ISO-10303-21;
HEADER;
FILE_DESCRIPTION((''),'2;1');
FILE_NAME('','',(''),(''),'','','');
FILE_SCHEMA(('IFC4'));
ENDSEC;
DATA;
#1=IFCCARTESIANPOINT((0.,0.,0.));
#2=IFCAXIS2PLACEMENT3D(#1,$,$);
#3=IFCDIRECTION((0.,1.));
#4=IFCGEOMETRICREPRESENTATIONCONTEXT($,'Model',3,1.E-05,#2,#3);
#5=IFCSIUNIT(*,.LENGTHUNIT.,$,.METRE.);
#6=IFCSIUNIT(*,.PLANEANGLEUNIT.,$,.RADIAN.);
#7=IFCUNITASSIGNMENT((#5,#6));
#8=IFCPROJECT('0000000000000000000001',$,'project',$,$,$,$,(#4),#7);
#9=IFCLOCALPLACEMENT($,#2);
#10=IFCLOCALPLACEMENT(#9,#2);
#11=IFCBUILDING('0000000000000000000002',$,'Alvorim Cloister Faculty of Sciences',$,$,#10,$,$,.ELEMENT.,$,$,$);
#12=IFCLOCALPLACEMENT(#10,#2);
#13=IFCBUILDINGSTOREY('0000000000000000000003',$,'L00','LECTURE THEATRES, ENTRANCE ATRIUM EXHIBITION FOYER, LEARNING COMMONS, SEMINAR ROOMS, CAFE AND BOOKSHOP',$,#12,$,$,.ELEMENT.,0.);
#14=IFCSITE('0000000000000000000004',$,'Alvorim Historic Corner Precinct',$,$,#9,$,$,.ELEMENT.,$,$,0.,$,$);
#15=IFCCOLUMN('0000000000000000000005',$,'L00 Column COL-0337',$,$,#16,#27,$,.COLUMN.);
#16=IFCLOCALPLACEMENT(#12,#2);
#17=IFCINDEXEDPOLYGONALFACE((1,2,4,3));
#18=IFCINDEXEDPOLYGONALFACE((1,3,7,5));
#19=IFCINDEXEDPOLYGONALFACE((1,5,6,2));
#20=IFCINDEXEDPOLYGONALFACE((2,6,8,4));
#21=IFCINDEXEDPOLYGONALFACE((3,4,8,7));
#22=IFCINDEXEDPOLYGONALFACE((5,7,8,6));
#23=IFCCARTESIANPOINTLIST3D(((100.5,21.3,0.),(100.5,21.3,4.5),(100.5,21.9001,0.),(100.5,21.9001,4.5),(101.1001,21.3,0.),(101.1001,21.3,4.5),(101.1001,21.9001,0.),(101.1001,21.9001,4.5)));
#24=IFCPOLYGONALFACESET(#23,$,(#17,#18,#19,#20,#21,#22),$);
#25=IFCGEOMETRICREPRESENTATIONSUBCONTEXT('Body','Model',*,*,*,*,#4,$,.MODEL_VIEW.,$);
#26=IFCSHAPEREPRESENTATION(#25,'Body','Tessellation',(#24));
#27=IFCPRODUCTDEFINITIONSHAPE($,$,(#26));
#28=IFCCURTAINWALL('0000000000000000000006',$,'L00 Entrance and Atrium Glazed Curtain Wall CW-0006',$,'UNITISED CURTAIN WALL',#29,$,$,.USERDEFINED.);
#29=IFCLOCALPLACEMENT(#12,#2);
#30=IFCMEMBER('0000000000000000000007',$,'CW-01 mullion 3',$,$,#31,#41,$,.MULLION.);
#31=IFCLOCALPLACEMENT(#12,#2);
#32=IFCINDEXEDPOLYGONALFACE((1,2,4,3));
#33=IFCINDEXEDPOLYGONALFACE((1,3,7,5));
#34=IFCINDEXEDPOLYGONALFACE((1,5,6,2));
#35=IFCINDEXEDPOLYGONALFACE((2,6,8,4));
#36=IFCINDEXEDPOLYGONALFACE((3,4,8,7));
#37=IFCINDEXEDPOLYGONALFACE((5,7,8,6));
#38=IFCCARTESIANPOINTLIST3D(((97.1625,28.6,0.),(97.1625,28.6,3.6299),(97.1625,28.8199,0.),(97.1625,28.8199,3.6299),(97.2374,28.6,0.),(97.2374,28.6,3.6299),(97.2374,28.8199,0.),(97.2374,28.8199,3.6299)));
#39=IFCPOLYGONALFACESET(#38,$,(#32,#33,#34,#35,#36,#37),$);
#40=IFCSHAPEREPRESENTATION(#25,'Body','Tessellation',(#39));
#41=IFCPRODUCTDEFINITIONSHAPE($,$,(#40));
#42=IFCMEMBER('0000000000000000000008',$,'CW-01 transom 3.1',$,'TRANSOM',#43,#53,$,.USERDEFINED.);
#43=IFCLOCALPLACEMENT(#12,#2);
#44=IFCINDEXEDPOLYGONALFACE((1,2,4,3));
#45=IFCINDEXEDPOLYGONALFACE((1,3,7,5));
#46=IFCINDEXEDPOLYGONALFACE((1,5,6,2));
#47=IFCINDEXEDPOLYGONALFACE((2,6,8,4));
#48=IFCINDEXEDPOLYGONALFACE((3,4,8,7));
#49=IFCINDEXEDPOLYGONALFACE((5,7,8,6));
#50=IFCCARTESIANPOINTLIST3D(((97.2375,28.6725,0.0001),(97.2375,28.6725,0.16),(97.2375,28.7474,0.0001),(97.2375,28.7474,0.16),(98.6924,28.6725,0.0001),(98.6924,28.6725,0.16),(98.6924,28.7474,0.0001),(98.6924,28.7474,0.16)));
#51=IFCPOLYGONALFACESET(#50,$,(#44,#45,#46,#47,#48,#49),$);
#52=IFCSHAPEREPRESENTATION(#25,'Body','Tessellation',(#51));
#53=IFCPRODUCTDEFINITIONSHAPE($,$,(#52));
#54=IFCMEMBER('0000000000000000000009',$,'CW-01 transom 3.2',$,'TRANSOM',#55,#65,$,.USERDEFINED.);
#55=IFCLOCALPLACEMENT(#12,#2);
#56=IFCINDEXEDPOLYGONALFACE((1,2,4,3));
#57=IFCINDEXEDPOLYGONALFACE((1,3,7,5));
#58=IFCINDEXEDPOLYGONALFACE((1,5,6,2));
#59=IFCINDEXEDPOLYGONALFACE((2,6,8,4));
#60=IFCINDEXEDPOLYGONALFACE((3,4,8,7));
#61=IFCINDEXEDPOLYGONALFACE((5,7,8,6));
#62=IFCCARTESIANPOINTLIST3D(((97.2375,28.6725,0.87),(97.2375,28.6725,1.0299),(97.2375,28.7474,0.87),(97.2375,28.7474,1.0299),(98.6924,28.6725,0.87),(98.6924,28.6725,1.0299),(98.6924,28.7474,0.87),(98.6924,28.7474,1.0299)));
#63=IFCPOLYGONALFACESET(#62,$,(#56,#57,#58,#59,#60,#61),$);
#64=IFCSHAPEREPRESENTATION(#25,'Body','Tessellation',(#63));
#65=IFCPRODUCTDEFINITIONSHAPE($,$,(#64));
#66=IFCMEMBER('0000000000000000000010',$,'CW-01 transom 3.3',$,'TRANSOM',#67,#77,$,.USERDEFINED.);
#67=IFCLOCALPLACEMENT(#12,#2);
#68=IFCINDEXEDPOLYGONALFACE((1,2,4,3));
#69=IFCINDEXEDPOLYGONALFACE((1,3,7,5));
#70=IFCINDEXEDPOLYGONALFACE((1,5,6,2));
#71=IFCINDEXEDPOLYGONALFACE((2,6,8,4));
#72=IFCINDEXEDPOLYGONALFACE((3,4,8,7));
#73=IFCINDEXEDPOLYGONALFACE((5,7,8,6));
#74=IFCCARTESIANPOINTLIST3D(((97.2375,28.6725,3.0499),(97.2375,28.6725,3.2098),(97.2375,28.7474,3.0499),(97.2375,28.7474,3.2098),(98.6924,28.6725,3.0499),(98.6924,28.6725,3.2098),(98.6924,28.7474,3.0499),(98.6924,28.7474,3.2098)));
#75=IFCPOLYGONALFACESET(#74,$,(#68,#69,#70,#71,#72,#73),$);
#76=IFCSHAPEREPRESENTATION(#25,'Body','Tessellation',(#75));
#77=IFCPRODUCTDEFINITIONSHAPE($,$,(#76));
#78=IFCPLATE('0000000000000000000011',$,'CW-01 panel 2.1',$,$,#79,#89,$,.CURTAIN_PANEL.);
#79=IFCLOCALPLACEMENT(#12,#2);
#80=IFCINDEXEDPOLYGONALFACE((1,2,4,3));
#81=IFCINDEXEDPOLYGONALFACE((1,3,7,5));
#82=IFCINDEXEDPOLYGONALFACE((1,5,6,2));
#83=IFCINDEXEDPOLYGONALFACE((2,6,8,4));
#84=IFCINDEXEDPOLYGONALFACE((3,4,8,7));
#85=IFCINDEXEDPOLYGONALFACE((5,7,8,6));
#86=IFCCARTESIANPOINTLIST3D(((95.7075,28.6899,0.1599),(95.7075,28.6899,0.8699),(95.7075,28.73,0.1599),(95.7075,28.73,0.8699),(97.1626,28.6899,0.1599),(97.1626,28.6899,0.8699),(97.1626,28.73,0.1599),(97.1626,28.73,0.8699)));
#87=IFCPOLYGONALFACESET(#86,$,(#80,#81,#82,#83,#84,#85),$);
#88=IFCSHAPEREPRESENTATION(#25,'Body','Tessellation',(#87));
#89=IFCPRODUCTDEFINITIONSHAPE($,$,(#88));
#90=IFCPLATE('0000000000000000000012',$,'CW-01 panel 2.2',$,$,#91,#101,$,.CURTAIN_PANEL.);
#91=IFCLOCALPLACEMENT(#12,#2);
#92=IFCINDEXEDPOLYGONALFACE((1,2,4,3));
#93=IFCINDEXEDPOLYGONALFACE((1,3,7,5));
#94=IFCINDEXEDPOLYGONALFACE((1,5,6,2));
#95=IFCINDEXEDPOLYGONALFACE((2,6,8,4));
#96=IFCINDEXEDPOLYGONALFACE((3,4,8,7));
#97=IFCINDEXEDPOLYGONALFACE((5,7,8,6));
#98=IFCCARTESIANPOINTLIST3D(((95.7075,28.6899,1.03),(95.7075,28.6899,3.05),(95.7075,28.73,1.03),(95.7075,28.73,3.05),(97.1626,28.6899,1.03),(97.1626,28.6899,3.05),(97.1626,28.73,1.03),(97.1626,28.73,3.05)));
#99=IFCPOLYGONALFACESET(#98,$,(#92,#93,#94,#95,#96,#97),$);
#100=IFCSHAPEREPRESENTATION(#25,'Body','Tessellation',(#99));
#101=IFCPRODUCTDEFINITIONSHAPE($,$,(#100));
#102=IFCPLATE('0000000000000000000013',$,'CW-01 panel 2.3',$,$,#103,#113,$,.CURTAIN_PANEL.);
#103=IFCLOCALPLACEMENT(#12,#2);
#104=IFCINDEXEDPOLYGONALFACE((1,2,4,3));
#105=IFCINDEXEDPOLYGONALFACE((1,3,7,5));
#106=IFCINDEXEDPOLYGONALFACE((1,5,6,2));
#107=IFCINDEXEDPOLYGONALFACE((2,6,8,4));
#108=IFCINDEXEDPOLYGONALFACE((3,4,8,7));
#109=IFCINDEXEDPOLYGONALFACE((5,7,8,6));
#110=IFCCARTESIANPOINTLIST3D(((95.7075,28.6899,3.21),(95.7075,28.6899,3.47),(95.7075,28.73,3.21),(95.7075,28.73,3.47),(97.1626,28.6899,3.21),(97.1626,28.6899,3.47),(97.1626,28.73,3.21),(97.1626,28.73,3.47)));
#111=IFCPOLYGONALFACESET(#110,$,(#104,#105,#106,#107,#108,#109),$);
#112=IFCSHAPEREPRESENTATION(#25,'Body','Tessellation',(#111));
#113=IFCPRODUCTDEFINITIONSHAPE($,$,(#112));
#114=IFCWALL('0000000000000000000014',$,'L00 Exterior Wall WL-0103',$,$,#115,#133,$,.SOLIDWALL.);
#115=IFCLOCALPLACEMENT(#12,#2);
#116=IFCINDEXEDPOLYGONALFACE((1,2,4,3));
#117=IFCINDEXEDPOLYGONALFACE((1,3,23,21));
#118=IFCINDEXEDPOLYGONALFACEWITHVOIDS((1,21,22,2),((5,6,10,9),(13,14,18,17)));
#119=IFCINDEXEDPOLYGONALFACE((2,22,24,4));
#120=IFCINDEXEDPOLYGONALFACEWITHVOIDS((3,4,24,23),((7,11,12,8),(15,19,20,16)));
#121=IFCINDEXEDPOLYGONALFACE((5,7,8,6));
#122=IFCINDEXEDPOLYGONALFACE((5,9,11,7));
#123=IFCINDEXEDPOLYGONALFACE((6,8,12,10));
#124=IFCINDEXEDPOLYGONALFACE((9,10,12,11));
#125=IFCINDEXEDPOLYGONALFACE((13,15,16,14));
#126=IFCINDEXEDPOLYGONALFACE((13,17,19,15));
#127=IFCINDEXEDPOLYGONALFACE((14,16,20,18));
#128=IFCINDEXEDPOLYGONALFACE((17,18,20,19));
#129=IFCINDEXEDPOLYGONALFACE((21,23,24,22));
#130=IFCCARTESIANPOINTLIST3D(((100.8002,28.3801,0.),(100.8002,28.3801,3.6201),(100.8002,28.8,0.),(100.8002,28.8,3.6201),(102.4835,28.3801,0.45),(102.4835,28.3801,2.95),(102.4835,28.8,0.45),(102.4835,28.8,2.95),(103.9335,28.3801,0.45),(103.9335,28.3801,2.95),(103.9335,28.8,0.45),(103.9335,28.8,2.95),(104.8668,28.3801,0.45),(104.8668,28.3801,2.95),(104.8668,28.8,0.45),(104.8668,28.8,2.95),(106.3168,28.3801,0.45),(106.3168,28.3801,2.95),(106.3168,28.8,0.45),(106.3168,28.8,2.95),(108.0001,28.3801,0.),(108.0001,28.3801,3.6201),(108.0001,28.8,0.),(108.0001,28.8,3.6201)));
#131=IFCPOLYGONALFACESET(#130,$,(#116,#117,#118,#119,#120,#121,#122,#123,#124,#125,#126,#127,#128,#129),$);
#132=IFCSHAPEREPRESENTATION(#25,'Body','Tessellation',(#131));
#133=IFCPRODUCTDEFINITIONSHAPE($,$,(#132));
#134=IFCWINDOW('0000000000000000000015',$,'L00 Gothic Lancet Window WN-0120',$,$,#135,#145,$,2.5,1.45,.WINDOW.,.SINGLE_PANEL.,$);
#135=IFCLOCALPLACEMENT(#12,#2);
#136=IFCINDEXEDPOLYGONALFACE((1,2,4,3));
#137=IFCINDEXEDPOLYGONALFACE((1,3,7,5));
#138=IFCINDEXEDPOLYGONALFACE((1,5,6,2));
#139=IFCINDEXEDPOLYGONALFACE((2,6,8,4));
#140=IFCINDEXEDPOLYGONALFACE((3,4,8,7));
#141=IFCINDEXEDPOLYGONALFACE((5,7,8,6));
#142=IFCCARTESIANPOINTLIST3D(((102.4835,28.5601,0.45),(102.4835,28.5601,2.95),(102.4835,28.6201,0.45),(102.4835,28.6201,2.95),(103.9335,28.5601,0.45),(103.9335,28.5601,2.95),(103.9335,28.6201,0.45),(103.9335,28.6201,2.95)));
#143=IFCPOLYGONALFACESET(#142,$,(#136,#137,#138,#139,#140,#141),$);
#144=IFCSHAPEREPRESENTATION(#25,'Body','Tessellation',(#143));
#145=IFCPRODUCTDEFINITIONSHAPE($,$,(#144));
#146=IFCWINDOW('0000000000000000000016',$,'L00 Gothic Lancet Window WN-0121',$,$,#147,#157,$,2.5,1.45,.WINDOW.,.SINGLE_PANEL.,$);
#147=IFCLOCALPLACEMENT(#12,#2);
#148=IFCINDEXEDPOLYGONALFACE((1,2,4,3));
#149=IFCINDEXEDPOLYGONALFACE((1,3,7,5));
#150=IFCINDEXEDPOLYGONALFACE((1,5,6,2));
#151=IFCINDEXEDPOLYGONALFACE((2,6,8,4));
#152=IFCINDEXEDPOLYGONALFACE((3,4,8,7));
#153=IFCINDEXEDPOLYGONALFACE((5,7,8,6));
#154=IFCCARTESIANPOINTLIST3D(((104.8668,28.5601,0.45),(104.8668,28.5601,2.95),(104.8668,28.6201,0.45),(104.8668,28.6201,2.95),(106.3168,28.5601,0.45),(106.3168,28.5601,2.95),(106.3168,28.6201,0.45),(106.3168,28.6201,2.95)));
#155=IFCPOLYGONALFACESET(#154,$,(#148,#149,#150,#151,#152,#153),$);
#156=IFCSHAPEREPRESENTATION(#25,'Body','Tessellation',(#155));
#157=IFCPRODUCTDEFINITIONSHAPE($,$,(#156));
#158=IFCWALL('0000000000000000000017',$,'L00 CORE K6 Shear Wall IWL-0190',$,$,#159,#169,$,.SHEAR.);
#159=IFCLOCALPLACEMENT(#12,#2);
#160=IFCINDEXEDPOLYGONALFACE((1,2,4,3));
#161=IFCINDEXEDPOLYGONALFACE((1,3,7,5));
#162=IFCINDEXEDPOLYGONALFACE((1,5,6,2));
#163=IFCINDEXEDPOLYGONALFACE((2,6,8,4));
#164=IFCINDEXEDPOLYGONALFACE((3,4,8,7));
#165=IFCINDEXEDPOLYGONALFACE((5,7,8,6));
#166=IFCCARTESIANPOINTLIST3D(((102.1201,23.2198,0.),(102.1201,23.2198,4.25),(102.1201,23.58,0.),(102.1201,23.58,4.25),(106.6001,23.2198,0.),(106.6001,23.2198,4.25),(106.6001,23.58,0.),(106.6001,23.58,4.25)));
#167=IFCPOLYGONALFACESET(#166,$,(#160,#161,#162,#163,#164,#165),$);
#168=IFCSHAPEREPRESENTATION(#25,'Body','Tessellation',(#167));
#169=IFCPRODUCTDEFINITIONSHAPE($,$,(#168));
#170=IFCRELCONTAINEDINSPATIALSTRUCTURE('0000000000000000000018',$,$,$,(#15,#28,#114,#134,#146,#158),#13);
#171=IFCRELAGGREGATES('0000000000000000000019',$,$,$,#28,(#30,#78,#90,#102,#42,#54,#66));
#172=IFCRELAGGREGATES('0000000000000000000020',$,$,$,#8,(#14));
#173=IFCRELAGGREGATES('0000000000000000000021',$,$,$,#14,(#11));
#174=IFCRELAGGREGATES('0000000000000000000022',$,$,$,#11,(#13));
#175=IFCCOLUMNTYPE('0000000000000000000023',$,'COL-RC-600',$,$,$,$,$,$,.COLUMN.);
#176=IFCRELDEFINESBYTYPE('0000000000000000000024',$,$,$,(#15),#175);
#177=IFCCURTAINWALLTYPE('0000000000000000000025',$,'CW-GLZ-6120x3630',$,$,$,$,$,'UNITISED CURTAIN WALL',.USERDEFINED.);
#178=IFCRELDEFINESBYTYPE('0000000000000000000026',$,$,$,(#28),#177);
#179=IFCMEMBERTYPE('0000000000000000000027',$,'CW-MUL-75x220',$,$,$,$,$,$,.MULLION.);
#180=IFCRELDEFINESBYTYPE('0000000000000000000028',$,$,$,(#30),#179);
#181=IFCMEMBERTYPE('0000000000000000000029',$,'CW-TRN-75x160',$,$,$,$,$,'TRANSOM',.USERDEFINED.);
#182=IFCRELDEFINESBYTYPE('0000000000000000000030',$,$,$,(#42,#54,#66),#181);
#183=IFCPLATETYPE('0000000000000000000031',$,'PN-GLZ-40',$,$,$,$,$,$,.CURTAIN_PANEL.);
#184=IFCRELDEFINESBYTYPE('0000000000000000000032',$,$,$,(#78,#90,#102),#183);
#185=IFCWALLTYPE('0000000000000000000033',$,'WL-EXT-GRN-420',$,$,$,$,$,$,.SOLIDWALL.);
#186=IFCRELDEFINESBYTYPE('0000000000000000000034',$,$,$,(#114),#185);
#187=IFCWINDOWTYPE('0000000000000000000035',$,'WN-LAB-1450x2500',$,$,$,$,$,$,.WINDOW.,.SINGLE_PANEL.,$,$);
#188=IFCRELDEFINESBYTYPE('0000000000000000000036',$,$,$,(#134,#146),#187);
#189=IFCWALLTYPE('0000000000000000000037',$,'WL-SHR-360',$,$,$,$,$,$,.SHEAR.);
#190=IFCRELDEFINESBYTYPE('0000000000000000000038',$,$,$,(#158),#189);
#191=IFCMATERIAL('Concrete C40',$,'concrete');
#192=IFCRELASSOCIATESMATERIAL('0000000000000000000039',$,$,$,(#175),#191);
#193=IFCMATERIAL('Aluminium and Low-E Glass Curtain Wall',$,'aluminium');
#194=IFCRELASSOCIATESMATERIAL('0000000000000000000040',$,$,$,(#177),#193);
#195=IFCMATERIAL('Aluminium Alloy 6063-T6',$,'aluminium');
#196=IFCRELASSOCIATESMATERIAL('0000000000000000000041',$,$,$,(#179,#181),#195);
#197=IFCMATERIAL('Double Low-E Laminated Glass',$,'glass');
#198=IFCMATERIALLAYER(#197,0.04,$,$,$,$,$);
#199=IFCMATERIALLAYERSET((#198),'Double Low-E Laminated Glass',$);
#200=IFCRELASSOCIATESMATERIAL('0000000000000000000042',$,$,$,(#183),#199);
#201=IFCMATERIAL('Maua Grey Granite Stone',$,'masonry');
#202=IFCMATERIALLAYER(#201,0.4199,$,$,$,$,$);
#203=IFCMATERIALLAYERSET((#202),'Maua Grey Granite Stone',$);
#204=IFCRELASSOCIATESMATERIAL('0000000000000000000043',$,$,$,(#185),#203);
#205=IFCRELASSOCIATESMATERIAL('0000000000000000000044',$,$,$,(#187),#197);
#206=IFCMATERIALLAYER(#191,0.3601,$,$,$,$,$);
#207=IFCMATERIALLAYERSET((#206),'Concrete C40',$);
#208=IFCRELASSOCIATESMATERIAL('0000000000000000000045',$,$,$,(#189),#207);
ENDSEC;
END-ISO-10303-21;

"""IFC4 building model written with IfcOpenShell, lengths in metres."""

from ifc_helpers import new_model, si_unit, direction, frame, frame_2d, origin, origin_2d, place, context, subcontext, project, spatial, rectangle, extrude, material, layer, layer_set, material_profile, profile_set, type_object, element, fill, aggregate, save


model = new_model("IFC4")

# Units and contexts
model_context = context("Model", 3, precision=1e-05, world=origin(), true_north=direction((0.0, 1.0)))
body_context = subcontext(model_context, "Body", "Model", "MODEL_VIEW")
ifc_project = project(units=[si_unit("LENGTHUNIT", "METRE"), si_unit("PLANEANGLEUNIT", "RADIAN")], contexts=[model_context])

# Site, building, storey
site_placement = place(None, origin())
site = spatial("IfcSite", under=ifc_project, at=site_placement, Name="Alvorim Historic Corner Precinct", CompositionType="ELEMENT", RefElevation=0.0)
building_placement = place(site_placement, origin())
building = spatial("IfcBuilding", under=site, at=building_placement, Name="Alvorim Cloister Faculty of Sciences", CompositionType="ELEMENT")
storey_placement = place(building_placement, origin())
storey = spatial("IfcBuildingStorey", under=building, at=storey_placement, Name="L00", Description="LECTURE THEATRES, ENTRANCE ATRIUM EXHIBITION FOYER, LEARNING COMMONS, SEMINAR ROOMS, CAFE AND BOOKSHOP", CompositionType="ELEMENT", Elevation=0.0)

# Column
ifc_material_1 = material(Name="Concrete C40", Category="concrete")
ifc_material_profile_1 = material_profile(ifc_material_1, rectangle(XDim=0.6001, YDim=0.6001, at=origin_2d()), Name="RC40-COL-600x600")
ifc_profile_set_1 = profile_set([ifc_material_profile_1], Name="Concrete C40")
column_type = type_object("IfcColumnType", Name="COL-RC-600", PredefinedType="COLUMN", material=ifc_profile_set_1)
column_placement = place(storey_placement, frame((100.8, 21.6001, 0.0), z_axis=(0.0, 0.0, 1.0), x_axis=(1.0, 0.0, 0.0)))
element("IfcColumn", 1, at=column_placement, inside=storey, type_object=column_type, Name="L00 Column COL-0337", PredefinedType="COLUMN", context=body_context, shape_type="SweptSolid", body=[
    extrude(rectangle(XDim=0.6001, YDim=0.6001, at=origin_2d()), origin(), (0.0, 0.0, 1.0), 4.5),
])

# Curtain wall, members, plates
ifc_material_2 = material(Name="Aluminium and Low-E Glass Curtain Wall", Category="aluminium")
curtain_wall_type = type_object("IfcCurtainWallType", Name="CW-GLZ-6120x3630", ElementType="UNITISED CURTAIN WALL", PredefinedType="USERDEFINED", material=ifc_material_2)
curtain_wall_placement = place(storey_placement, origin())
curtain_wall = element("IfcCurtainWall", 2, at=curtain_wall_placement, inside=storey, type_object=curtain_wall_type, Name="L00 Entrance and Atrium Glazed Curtain Wall CW-0006", ObjectType="UNITISED CURTAIN WALL", PredefinedType="USERDEFINED")
ifc_material_3 = material(Name="Aluminium Alloy 6063-T6", Category="aluminium")
ifc_material_profile_2 = material_profile(ifc_material_3, rectangle(XDim=0.075, YDim=0.22, at=origin_2d()), Name="ALU-MUL-75x220")
ifc_profile_set_2 = profile_set([ifc_material_profile_2], Name="Aluminium Alloy 6063-T6")
member_type_1 = type_object("IfcMemberType", Name="CW-MUL-75x220", PredefinedType="MULLION", material=ifc_profile_set_2)
member_1_placement = place(storey_placement, frame((97.2, 28.71, 0.0), z_axis=(0.0, 0.0, 1.0), x_axis=(1.0, 0.0, 0.0)))
member_1 = element("IfcMember", 3, at=member_1_placement, type_object=member_type_1, Name="CW-01 mullion 3", PredefinedType="MULLION", context=body_context, shape_type="SweptSolid", body=[
    extrude(rectangle(XDim=0.075, YDim=0.22, at=origin_2d()), origin(), (0.0, 0.0, 1.0), 3.6299),
])
ifc_material_profile_3 = material_profile(ifc_material_3, rectangle(XDim=0.075, YDim=0.1599, at=origin_2d()), Name="ALU-TRN-75x160")
ifc_profile_set_3 = profile_set([ifc_material_profile_3], Name="Aluminium Alloy 6063-T6")
member_type_2 = type_object("IfcMemberType", Name="CW-TRN-75x160", ElementType="TRANSOM", PredefinedType="USERDEFINED", material=ifc_profile_set_3)
member_2_placement = place(storey_placement, frame((97.2375, 28.71, 0.0801), z_axis=(1.0, 0.0, 0.0), x_axis=(0.0, 1.0, 0.0)))
member_2 = element("IfcMember", 4, at=member_2_placement, type_object=member_type_2, Name="CW-01 transom 3.1", ObjectType="TRANSOM", PredefinedType="USERDEFINED", context=body_context, shape_type="SweptSolid", body=[
    extrude(rectangle(XDim=0.075, YDim=0.1599, at=origin_2d()), origin(), (0.0, 0.0, 1.0), 1.4548),
])
member_3_placement = place(storey_placement, frame((97.2375, 28.71, 0.95), z_axis=(1.0, 0.0, 0.0), x_axis=(0.0, 1.0, 0.0)))
member_3 = element("IfcMember", 5, at=member_3_placement, type_object=member_type_2, Name="CW-01 transom 3.2", ObjectType="TRANSOM", PredefinedType="USERDEFINED", context=body_context, shape_type="SweptSolid", body=[
    extrude(rectangle(XDim=0.075, YDim=0.1599, at=origin_2d()), origin(), (0.0, 0.0, 1.0), 1.4548),
])
member_4_placement = place(storey_placement, frame((97.2375, 28.71, 3.1299), z_axis=(1.0, 0.0, 0.0), x_axis=(0.0, 1.0, 0.0)))
member_4 = element("IfcMember", 6, at=member_4_placement, type_object=member_type_2, Name="CW-01 transom 3.3", ObjectType="TRANSOM", PredefinedType="USERDEFINED", context=body_context, shape_type="SweptSolid", body=[
    extrude(rectangle(XDim=0.075, YDim=0.1599, at=origin_2d()), origin(), (0.0, 0.0, 1.0), 1.4548),
])
ifc_material_4 = material(Name="Double Low-E Laminated Glass", Category="glass")
ifc_layer_1 = layer(ifc_material_4, 0.04)
ifc_layer_set_1 = layer_set([ifc_layer_1], Name="Double Low-E Laminated Glass")
plate_type = type_object("IfcPlateType", Name="PN-GLZ-40", PredefinedType="CURTAIN_PANEL", material=ifc_layer_set_1)
plate_1_placement = place(storey_placement, frame((96.4351, 28.71, 0.1599), z_axis=(0.0, 0.0, 1.0), x_axis=(1.0, 0.0, 0.0)))
plate_1 = element("IfcPlate", 7, at=plate_1_placement, type_object=plate_type, Name="CW-01 panel 2.1", PredefinedType="CURTAIN_PANEL", context=body_context, shape_type="SweptSolid", body=[
    extrude(rectangle(XDim=1.4551, YDim=0.04, at=origin_2d()), origin(), (0.0, 0.0, 1.0), 0.71),
])
plate_2_placement = place(storey_placement, frame((96.4351, 28.71, 1.03), z_axis=(0.0, 0.0, 1.0), x_axis=(1.0, 0.0, 0.0)))
plate_2 = element("IfcPlate", 8, at=plate_2_placement, type_object=plate_type, Name="CW-01 panel 2.2", PredefinedType="CURTAIN_PANEL", context=body_context, shape_type="SweptSolid", body=[
    extrude(rectangle(XDim=1.4551, YDim=0.04, at=origin_2d()), origin(), (0.0, 0.0, 1.0), 2.02),
])
plate_3_placement = place(storey_placement, frame((96.4351, 28.71, 3.21), z_axis=(0.0, 0.0, 1.0), x_axis=(1.0, 0.0, 0.0)))
plate_3 = element("IfcPlate", 9, at=plate_3_placement, type_object=plate_type, Name="CW-01 panel 2.3", PredefinedType="CURTAIN_PANEL", context=body_context, shape_type="SweptSolid", body=[
    extrude(rectangle(XDim=1.4551, YDim=0.04, at=origin_2d()), origin(), (0.0, 0.0, 1.0), 0.26),
])
aggregate(curtain_wall, [member_1, plate_1, plate_2, plate_3, member_2, member_3, member_4])

# Wall, openings, windows
ifc_material_5 = material(Name="Maua Grey Granite Stone", Category="masonry")
ifc_layer_2 = layer(ifc_material_5, 0.4199)
ifc_layer_set_2 = layer_set([ifc_layer_2], Name="Maua Grey Granite Stone")
wall_type_1 = type_object("IfcWallType", Name="WL-EXT-GRN-420", PredefinedType="SOLIDWALL", material=ifc_layer_set_2)
wall_1_placement = place(storey_placement, frame((100.8, 28.5901, 0.0), z_axis=(0.0, 0.0, 1.0), x_axis=(1.0, 0.0, 0.0)))
wall_1 = element("IfcWall", 10, at=wall_1_placement, inside=storey, type_object=wall_type_1, Name="L00 Exterior Wall WL-0103", PredefinedType="SOLIDWALL", context=body_context, shape_type="SweptSolid", body=[
    extrude(rectangle(XDim=7.2, YDim=0.4199, at=frame_2d((3.6001, 0.0))), origin(), (0.0, 0.0, 1.0), 3.6201),
])
opening_1_placement = place(wall_1_placement, frame((1.6833, 0.0, 0.45)))
opening_1 = element("IfcOpeningElement", 11, at=opening_1_placement, cuts=wall_1, PredefinedType="OPENING", context=body_context, shape_type="SweptSolid", body=[
    extrude(rectangle(XDim=1.45, YDim=2.5, at=frame_2d((0.7251, 1.25))), frame((0.0, 0.2219, 0.0), z_axis=(0.0, -1.0, 0.0), x_axis=(1.0, 0.0, 0.0)), (0.0, 0.0, 1.0), 0.4438),
])
opening_2_placement = place(wall_1_placement, frame((4.0667, 0.0, 0.45)))
opening_2 = element("IfcOpeningElement", 12, at=opening_2_placement, cuts=wall_1, PredefinedType="OPENING", context=body_context, shape_type="SweptSolid", body=[
    extrude(rectangle(XDim=1.45, YDim=2.5, at=frame_2d((0.7251, 1.25))), frame((0.0, 0.2219, 0.0), z_axis=(0.0, -1.0, 0.0), x_axis=(1.0, 0.0, 0.0)), (0.0, 0.0, 1.0), 0.4438),
])
window_type = type_object("IfcWindowType", Name="WN-LAB-1450x2500", PartitioningType="SINGLE_PANEL", PredefinedType="WINDOW", material=ifc_material_4)
window_1_placement = place(opening_1_placement, origin())
window_1 = element("IfcWindow", 13, at=window_1_placement, inside=storey, type_object=window_type, Name="L00 Gothic Lancet Window WN-0120", OverallHeight=2.5, OverallWidth=1.45, PartitioningType="SINGLE_PANEL", PredefinedType="WINDOW", context=body_context, shape_type="SweptSolid", body=[
    extrude(rectangle(XDim=1.45, YDim=2.5, at=frame_2d((0.7251, 1.25))), frame((0.0, 0.03, 0.0), z_axis=(0.0, -1.0, 0.0), x_axis=(1.0, 0.0, 0.0)), (0.0, 0.0, 1.0), 0.0601),
])
fill(opening_1, window_1)
window_2_placement = place(opening_2_placement, origin())
window_2 = element("IfcWindow", 14, at=window_2_placement, inside=storey, type_object=window_type, Name="L00 Gothic Lancet Window WN-0121", OverallHeight=2.5, OverallWidth=1.45, PartitioningType="SINGLE_PANEL", PredefinedType="WINDOW", context=body_context, shape_type="SweptSolid", body=[
    extrude(rectangle(XDim=1.45, YDim=2.5, at=frame_2d((0.7251, 1.25))), frame((0.0, 0.03, 0.0), z_axis=(0.0, -1.0, 0.0), x_axis=(1.0, 0.0, 0.0)), (0.0, 0.0, 1.0), 0.0601),
])
fill(opening_2, window_2)

# Wall
ifc_layer_3 = layer(ifc_material_1, 0.3601)
ifc_layer_set_3 = layer_set([ifc_layer_3], Name="Concrete C40")
wall_type_2 = type_object("IfcWallType", Name="WL-SHR-360", PredefinedType="SHEAR", material=ifc_layer_set_3)
wall_2_placement = place(storey_placement, frame((102.1201, 23.3999, 0.0), z_axis=(0.0, 0.0, 1.0), x_axis=(1.0, 0.0, 0.0)))
element("IfcWall", 15, at=wall_2_placement, inside=storey, type_object=wall_type_2, Name="L00 CORE K6 Shear Wall IWL-0190", PredefinedType="SHEAR", context=body_context, shape_type="SweptSolid", body=[
    extrude(rectangle(XDim=4.48, YDim=0.3601, at=frame_2d((2.24, 0.0))), origin(), (0.0, 0.0, 1.0), 4.25),
])

save(model, "model.ifc")
